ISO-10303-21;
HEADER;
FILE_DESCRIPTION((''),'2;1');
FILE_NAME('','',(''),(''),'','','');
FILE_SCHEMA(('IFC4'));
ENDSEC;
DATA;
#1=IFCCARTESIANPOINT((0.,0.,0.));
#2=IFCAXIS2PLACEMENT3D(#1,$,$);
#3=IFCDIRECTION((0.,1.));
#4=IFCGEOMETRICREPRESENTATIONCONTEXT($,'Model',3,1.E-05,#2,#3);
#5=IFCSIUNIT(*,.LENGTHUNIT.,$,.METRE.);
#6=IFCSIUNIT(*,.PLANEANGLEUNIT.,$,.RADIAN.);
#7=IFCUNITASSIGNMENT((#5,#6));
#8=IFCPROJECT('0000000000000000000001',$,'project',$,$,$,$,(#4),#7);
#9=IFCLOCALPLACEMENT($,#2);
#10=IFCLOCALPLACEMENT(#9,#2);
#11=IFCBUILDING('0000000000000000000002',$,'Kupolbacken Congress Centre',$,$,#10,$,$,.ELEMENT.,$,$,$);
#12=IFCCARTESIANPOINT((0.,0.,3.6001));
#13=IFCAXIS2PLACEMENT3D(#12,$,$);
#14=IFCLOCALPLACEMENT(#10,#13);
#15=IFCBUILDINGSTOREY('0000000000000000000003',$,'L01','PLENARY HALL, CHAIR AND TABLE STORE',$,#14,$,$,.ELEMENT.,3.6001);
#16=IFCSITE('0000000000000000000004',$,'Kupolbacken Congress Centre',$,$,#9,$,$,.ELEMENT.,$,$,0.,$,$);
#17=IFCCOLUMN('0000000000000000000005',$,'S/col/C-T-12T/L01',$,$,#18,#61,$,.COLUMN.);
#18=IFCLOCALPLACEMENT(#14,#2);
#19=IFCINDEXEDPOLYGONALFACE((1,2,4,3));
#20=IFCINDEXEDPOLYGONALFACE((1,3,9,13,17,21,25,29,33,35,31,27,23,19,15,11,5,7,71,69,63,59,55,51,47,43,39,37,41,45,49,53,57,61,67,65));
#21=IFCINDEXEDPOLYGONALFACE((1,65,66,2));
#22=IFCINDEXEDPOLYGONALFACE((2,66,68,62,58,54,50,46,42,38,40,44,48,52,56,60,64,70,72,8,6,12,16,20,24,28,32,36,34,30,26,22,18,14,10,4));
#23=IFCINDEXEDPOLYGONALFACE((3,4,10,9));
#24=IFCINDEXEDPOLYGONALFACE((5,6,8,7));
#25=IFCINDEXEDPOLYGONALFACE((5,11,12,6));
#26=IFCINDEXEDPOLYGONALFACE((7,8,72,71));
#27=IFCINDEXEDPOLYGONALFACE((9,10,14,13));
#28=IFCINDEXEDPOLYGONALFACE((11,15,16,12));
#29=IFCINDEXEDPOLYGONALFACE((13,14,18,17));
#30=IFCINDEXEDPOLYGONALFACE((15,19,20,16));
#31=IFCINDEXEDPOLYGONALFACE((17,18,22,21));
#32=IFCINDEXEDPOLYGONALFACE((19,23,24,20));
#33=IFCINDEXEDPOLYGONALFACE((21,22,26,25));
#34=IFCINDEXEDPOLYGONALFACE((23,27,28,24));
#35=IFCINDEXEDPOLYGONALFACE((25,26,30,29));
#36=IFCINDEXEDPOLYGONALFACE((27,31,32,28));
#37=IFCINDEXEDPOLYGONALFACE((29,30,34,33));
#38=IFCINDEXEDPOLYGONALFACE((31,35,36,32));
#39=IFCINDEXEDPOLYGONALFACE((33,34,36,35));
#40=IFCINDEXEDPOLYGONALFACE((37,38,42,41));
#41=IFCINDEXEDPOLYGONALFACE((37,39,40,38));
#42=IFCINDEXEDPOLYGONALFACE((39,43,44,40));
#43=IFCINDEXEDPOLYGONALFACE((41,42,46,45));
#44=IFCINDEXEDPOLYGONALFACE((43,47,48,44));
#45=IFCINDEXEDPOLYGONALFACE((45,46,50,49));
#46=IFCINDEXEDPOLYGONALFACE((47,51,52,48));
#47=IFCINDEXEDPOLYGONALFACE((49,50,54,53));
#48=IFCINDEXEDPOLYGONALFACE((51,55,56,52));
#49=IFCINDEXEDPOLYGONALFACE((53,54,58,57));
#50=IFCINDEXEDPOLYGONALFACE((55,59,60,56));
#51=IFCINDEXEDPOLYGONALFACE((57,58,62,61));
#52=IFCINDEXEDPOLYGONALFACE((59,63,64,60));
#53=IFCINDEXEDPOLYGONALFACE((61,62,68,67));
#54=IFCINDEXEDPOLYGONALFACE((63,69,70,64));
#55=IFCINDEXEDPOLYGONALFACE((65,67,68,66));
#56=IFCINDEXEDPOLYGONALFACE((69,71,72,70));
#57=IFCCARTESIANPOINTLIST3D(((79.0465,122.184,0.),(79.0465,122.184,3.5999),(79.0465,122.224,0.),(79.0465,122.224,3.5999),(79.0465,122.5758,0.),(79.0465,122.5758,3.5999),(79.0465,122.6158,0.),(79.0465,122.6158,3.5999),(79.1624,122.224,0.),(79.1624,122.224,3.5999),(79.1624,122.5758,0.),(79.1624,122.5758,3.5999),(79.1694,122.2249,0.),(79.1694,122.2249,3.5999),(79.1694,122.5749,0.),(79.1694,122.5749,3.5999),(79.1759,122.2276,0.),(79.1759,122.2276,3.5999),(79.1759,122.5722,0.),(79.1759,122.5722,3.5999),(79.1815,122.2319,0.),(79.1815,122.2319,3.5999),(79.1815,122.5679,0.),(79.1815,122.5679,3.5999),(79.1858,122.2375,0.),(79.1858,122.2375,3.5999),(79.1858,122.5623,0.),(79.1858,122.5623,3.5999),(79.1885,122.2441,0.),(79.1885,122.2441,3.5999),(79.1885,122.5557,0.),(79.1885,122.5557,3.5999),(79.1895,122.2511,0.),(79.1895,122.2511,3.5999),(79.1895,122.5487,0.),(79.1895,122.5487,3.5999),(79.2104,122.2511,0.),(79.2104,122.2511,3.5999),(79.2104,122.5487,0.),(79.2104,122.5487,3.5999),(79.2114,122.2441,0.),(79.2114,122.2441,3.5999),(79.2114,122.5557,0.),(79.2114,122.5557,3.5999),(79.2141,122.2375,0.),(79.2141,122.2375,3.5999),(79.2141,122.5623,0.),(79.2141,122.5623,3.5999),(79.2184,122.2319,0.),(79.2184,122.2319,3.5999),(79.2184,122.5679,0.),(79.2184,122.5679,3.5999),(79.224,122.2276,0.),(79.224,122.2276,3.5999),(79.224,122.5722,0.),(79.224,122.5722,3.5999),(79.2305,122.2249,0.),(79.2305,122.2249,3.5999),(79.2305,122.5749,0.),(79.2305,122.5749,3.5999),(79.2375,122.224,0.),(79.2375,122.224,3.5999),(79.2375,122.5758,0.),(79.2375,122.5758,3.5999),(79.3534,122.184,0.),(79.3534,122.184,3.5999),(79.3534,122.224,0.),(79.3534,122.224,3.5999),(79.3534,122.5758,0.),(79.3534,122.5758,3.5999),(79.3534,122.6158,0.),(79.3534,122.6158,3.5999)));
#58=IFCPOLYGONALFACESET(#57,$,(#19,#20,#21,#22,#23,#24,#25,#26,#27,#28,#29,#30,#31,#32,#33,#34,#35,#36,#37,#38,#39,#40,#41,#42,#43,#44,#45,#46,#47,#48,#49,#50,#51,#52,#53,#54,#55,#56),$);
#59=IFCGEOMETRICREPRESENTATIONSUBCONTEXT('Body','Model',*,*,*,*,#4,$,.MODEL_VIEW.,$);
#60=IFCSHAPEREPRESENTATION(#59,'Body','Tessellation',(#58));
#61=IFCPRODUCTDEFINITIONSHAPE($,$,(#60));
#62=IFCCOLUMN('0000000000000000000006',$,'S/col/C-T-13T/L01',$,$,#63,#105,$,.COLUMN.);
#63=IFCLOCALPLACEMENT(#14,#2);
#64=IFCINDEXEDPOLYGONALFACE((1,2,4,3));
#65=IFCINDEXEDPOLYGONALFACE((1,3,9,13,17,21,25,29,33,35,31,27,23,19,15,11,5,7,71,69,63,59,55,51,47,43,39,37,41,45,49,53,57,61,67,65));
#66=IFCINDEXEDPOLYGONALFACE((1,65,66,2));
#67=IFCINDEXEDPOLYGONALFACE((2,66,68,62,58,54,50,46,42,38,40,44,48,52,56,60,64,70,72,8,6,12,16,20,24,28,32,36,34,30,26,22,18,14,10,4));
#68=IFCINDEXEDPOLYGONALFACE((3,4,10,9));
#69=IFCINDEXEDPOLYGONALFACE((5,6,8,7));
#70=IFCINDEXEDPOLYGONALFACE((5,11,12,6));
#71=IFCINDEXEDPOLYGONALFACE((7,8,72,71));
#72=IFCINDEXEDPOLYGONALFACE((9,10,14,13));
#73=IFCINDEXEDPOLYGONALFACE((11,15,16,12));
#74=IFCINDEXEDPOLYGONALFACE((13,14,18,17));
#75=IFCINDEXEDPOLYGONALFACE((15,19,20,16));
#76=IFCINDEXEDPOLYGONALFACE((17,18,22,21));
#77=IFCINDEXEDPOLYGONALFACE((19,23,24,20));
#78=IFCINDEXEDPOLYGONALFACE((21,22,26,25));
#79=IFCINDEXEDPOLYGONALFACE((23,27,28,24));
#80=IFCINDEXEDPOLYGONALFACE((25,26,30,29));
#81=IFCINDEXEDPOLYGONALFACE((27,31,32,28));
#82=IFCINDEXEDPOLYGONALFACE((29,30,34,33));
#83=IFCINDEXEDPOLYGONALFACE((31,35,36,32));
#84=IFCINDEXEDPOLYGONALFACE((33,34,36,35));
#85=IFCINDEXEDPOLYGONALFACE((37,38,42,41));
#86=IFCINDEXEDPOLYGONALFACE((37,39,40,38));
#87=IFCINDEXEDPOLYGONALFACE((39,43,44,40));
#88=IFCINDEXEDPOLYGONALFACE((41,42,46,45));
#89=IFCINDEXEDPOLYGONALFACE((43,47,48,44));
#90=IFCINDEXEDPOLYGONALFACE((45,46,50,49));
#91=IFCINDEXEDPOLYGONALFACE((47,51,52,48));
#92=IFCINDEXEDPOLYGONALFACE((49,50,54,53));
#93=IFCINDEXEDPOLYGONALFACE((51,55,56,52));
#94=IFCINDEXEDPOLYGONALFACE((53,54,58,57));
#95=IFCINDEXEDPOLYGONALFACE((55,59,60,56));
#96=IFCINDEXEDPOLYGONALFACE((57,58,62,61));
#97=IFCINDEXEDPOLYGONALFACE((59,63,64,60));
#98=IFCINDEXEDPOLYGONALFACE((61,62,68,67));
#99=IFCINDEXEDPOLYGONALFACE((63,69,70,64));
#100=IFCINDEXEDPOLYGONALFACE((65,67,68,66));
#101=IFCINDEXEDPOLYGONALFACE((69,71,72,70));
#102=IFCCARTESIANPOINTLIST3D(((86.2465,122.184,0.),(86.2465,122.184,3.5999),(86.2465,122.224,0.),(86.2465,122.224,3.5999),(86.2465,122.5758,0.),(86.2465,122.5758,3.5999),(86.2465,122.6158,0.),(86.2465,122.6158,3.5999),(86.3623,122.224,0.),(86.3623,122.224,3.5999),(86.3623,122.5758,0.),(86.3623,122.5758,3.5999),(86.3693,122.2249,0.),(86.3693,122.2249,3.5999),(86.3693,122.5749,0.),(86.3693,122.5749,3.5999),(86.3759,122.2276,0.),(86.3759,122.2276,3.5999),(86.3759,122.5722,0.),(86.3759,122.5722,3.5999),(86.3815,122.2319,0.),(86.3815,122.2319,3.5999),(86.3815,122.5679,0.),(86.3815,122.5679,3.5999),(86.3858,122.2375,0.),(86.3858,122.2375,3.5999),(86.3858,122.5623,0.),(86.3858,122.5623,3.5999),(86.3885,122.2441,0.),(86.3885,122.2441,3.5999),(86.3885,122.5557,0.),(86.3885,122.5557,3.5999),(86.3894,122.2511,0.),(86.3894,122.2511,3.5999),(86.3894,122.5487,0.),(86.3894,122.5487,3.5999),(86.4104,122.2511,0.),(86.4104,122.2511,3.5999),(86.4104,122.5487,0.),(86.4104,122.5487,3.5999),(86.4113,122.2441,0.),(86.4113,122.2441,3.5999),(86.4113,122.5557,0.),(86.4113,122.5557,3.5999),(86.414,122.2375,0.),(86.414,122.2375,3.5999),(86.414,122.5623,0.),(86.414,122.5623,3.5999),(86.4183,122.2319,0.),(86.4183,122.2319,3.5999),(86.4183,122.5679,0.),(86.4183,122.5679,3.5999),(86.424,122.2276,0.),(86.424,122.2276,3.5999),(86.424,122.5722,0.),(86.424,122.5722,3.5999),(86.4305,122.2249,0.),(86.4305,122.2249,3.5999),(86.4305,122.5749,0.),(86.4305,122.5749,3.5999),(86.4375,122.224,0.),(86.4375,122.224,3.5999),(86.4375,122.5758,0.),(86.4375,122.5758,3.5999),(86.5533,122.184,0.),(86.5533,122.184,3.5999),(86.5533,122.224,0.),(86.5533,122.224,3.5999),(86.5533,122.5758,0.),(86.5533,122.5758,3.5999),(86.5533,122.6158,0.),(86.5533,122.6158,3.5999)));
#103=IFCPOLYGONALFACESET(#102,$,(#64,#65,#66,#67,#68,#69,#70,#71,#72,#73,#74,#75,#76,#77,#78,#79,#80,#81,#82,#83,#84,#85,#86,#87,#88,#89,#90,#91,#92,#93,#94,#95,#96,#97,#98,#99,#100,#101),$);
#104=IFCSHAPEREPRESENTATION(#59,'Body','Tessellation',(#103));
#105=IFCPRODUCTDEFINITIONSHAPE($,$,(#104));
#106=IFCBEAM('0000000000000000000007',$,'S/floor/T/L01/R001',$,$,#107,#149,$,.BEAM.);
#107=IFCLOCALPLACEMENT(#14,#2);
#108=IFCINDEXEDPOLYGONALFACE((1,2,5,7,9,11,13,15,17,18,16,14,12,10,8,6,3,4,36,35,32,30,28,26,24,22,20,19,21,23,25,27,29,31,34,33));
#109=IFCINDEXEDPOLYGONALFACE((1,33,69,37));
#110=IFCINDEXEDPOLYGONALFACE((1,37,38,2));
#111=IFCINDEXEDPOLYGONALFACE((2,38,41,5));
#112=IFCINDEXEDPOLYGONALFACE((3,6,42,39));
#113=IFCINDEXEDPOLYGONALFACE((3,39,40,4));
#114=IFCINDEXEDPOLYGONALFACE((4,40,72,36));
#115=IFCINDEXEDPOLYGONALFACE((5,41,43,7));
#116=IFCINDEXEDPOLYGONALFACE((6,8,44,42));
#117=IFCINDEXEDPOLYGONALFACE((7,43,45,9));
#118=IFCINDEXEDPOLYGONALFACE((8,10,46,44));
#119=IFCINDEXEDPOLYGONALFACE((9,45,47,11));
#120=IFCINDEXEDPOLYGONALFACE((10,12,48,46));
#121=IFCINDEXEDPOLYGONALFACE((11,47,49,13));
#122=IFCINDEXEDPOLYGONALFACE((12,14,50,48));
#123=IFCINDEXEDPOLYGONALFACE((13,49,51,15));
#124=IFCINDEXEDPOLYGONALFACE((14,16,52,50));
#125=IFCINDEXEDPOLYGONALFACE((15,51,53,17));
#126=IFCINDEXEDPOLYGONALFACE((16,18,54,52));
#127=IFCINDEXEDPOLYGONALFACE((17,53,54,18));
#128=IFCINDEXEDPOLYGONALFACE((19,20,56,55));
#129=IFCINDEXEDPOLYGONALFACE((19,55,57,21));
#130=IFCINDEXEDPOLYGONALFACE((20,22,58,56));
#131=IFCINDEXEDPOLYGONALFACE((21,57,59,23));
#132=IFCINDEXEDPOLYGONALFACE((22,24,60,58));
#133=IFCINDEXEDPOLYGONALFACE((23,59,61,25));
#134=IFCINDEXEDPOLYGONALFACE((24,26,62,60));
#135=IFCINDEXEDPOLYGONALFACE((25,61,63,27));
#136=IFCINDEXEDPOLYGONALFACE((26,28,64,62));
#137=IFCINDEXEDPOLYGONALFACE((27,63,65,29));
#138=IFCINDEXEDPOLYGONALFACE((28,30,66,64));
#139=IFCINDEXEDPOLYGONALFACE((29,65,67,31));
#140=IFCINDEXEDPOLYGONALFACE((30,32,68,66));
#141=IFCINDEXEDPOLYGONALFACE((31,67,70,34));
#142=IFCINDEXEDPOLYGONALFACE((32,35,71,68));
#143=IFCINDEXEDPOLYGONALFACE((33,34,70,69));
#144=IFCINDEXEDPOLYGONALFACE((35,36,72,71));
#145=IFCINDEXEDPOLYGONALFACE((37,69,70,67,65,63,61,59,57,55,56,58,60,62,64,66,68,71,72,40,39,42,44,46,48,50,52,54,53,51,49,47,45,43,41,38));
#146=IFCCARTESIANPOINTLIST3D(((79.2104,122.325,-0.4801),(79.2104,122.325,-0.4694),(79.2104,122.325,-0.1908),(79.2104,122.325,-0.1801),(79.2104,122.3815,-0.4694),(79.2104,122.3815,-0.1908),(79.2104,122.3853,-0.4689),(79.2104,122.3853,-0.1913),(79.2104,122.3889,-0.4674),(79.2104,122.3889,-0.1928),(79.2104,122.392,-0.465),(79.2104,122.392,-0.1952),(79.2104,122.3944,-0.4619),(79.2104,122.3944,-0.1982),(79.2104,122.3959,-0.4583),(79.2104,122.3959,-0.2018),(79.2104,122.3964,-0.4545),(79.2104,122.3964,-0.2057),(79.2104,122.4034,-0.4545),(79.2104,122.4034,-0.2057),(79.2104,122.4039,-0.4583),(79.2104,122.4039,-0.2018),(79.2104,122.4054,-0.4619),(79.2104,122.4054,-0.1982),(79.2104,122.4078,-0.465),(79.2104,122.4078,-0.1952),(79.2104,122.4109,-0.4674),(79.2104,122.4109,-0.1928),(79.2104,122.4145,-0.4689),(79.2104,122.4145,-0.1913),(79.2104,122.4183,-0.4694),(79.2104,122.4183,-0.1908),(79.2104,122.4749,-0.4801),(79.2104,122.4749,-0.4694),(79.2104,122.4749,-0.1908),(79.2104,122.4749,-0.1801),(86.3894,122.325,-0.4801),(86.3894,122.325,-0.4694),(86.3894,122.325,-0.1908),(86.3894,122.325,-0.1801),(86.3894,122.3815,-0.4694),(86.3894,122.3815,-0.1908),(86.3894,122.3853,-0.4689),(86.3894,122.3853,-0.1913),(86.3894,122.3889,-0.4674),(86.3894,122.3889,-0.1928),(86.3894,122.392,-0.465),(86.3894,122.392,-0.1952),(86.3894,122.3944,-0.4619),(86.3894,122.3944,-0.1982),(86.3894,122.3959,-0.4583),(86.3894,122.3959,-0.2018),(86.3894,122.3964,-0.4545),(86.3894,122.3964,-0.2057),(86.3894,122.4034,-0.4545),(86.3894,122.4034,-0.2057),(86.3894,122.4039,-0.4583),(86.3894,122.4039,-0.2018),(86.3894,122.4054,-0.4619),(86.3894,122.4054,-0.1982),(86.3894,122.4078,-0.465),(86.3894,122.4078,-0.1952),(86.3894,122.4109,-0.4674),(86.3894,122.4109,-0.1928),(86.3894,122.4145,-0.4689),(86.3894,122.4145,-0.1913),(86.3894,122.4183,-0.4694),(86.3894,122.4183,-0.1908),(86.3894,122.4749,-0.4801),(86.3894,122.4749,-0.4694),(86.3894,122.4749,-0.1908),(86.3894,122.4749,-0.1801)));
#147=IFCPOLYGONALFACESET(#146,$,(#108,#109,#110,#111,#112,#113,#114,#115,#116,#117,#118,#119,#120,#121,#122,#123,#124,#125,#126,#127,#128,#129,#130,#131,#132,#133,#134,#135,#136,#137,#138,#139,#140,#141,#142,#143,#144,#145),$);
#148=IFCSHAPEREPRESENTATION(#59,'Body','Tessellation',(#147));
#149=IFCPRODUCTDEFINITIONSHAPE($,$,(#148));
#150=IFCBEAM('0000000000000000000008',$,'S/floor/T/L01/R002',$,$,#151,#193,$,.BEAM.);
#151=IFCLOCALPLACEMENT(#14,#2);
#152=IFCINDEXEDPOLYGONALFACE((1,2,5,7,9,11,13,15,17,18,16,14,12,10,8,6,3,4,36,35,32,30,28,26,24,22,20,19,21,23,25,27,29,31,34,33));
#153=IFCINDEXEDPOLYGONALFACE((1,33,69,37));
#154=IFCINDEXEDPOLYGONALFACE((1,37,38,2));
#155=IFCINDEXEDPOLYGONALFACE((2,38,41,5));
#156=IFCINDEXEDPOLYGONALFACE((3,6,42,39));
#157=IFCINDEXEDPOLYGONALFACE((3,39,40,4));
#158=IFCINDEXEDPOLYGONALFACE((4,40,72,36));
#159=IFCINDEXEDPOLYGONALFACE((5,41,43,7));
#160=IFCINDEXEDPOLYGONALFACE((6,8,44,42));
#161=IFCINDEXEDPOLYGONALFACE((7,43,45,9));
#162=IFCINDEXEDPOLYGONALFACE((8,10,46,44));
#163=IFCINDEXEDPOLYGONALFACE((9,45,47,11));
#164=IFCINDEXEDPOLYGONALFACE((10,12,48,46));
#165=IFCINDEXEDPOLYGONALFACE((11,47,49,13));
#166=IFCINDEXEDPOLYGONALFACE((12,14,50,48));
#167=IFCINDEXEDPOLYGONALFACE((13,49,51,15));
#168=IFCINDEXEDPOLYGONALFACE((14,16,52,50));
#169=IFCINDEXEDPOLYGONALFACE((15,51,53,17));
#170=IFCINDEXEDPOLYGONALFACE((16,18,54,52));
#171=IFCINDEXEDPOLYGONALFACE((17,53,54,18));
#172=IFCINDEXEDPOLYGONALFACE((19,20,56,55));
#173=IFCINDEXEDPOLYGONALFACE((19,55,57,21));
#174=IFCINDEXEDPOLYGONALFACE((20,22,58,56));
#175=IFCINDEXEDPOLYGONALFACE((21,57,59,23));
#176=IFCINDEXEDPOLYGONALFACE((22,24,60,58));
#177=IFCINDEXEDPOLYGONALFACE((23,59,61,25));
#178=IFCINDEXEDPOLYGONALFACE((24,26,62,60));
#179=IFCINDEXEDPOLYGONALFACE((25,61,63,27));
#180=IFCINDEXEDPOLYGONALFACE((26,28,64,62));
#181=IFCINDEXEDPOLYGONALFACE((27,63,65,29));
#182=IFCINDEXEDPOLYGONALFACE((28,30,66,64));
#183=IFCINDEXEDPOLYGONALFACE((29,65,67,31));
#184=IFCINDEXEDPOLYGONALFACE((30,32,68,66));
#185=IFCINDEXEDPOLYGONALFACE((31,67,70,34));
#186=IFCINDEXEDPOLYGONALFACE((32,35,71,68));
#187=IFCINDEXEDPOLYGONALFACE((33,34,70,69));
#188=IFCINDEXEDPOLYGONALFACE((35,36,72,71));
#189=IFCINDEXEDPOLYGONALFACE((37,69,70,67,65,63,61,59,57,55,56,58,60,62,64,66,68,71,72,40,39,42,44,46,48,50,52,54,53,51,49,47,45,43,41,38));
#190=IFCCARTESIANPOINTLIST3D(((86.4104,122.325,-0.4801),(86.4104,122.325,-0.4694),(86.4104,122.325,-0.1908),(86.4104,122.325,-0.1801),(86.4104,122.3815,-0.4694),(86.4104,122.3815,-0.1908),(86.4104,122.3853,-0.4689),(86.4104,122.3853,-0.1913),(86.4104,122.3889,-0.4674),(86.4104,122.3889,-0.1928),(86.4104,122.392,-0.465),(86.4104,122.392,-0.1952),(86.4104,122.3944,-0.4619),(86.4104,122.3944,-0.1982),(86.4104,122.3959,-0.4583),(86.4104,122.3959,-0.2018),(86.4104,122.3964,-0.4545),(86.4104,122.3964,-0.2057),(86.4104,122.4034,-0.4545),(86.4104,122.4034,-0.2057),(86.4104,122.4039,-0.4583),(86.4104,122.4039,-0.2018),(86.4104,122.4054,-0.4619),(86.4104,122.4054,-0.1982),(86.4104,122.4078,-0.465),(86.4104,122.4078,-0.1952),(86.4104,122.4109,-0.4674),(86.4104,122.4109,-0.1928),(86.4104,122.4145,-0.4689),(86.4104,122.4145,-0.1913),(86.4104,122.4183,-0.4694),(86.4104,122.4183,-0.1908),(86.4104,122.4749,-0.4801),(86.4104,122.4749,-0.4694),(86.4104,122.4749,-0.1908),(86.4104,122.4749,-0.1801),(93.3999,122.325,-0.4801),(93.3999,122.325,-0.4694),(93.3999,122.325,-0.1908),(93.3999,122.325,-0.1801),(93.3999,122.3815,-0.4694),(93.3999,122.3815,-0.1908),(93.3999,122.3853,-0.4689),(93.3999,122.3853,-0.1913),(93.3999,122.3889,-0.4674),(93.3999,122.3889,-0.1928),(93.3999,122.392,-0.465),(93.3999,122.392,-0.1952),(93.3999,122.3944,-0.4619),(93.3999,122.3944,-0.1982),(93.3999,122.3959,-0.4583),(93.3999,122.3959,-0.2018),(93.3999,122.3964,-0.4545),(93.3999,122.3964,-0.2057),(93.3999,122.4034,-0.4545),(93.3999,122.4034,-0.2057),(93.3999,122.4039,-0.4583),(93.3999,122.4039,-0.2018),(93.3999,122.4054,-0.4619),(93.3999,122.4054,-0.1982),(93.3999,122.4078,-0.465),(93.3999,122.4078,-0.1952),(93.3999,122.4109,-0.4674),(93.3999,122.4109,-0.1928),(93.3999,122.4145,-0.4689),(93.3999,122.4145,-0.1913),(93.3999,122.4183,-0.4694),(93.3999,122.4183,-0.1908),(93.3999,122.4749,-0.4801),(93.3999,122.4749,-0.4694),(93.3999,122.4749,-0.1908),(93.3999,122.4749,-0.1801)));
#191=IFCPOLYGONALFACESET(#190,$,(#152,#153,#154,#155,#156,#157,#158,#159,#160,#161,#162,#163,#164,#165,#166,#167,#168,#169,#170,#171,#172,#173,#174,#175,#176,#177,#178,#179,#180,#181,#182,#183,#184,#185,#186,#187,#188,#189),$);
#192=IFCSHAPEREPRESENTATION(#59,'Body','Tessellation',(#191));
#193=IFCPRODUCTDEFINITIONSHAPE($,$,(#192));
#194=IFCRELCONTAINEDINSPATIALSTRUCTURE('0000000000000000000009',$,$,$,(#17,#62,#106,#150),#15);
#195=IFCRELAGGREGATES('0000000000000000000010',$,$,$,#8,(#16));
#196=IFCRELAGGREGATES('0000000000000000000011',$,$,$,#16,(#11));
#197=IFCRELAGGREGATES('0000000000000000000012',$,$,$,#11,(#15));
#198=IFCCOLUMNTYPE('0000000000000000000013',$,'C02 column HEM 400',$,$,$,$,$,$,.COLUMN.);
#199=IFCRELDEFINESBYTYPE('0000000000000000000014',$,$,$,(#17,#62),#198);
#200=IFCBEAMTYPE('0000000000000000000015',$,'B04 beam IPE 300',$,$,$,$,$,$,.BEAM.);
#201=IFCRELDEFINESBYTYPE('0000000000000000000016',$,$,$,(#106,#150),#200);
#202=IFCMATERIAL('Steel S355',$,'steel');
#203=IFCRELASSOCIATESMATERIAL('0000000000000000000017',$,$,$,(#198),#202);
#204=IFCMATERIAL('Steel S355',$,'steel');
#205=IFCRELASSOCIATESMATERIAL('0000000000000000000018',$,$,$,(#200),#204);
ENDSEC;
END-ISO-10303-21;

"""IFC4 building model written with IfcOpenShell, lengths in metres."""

from ifc_helpers import new_model, si_unit, direction, frame, origin, origin_2d, place, context, subcontext, project, spatial, i_section, extrude, material, material_profile, profile_set, type_object, element, save


model = new_model("IFC4")

# Units and contexts
model_context = context("Model", 3, precision=1e-05, world=origin(), true_north=direction((0.0, 1.0)))
body_context = subcontext(model_context, "Body", "Model", "MODEL_VIEW")
ifc_project = project(units=[si_unit("LENGTHUNIT", "METRE"), si_unit("PLANEANGLEUNIT", "RADIAN")], contexts=[model_context])

# Site, building, storey
site_placement = place(None, origin())
site = spatial("IfcSite", under=ifc_project, at=site_placement, Name="Kupolbacken Congress Centre", CompositionType="ELEMENT", RefElevation=0.0)
building_placement = place(site_placement, origin())
building = spatial("IfcBuilding", under=site, at=building_placement, Name="Kupolbacken Congress Centre", CompositionType="ELEMENT")
storey_placement = place(building_placement, frame((0.0, 0.0, 3.6001)))
storey = spatial("IfcBuildingStorey", under=building, at=storey_placement, Name="L01", Description="PLENARY HALL, CHAIR AND TABLE STORE", CompositionType="ELEMENT", Elevation=3.6001)

# Columns
ifc_material_1 = material(Name="Steel S355", Category="steel")
ifc_material_profile_1 = material_profile(ifc_material_1, i_section(OverallWidth=0.3069, OverallDepth=0.4319, WebThickness=0.021, FlangeThickness=0.04, FilletRadius=0.0271, at=origin_2d()), Name="HEM 400")
ifc_profile_set_1 = profile_set([ifc_material_profile_1], Name="Steel S355")
column_type = type_object("IfcColumnType", Name="C02 column HEM 400", PredefinedType="COLUMN", material=ifc_profile_set_1)
for number, where, z_axis, x_axis, name in (
    (1, (79.2, 122.3999, 0.0), (0.0, 0.0, 1.0), (1.0, 0.0, 0.0), "S/col/C-T-12T/L01"),
    (2, (86.3999, 122.3999, 0.0), (0.0, 0.0, 1.0), (1.0, 0.0, 0.0), "S/col/C-T-13T/L01"),
):
    element("IfcColumn", number, at=place(storey_placement, frame(where, z_axis=z_axis, x_axis=x_axis)), inside=storey, type_object=column_type, Name=name, PredefinedType="COLUMN", context=body_context, shape_type="SweptSolid", body=[
        extrude(i_section(OverallWidth=0.3069, OverallDepth=0.4319, WebThickness=0.021, FlangeThickness=0.04, FilletRadius=0.0271, at=origin_2d()), origin(), (0.0, 0.0, 1.0), 3.5999),
    ])

# Beams
ifc_material_2 = material(Name="Steel S355", Category="steel")
ifc_material_profile_2 = material_profile(ifc_material_2, i_section(OverallWidth=0.1499, OverallDepth=0.3, WebThickness=0.0071, FlangeThickness=0.0107, FilletRadius=0.0149, at=origin_2d()), Name="IPE 300")
ifc_profile_set_2 = profile_set([ifc_material_profile_2], Name="Steel S355")
beam_type_1 = type_object("IfcBeamType", Name="B04 beam IPE 300", PredefinedType="BEAM", material=ifc_profile_set_2)
beam_1_placement = place(storey_placement, frame((79.2104, 122.3999, -0.3301), z_axis=(1.0, 0.0, 0.0), x_axis=(0.0, 1.0, 0.0)))
element("IfcBeam", 3, at=beam_1_placement, inside=storey, type_object=beam_type_1, Name="S/floor/T/L01/R001", PredefinedType="BEAM", context=body_context, shape_type="SweptSolid", body=[
    extrude(i_section(OverallWidth=0.1499, OverallDepth=0.3, WebThickness=0.0071, FlangeThickness=0.0107, FilletRadius=0.0149, at=origin_2d()), origin(), (0.0, 0.0, 1.0), 7.179),
])
beam_2_placement = place(storey_placement, frame((86.4104, 122.3999, -0.3301), z_axis=(1.0, 0.0, 0.0), x_axis=(0.0, 1.0, 0.0)))
element("IfcBeam", 4, at=beam_2_placement, inside=storey, type_object=beam_type_1, Name="S/floor/T/L01/R002", PredefinedType="BEAM", context=body_context, shape_type="SweptSolid", body=[
    extrude(i_section(OverallWidth=0.1499, OverallDepth=0.3, WebThickness=0.0071, FlangeThickness=0.0107, FilletRadius=0.0149, at=origin_2d()), origin(), (0.0, 0.0, 1.0), 6.9895),
])

save(model, "model.ifc")
